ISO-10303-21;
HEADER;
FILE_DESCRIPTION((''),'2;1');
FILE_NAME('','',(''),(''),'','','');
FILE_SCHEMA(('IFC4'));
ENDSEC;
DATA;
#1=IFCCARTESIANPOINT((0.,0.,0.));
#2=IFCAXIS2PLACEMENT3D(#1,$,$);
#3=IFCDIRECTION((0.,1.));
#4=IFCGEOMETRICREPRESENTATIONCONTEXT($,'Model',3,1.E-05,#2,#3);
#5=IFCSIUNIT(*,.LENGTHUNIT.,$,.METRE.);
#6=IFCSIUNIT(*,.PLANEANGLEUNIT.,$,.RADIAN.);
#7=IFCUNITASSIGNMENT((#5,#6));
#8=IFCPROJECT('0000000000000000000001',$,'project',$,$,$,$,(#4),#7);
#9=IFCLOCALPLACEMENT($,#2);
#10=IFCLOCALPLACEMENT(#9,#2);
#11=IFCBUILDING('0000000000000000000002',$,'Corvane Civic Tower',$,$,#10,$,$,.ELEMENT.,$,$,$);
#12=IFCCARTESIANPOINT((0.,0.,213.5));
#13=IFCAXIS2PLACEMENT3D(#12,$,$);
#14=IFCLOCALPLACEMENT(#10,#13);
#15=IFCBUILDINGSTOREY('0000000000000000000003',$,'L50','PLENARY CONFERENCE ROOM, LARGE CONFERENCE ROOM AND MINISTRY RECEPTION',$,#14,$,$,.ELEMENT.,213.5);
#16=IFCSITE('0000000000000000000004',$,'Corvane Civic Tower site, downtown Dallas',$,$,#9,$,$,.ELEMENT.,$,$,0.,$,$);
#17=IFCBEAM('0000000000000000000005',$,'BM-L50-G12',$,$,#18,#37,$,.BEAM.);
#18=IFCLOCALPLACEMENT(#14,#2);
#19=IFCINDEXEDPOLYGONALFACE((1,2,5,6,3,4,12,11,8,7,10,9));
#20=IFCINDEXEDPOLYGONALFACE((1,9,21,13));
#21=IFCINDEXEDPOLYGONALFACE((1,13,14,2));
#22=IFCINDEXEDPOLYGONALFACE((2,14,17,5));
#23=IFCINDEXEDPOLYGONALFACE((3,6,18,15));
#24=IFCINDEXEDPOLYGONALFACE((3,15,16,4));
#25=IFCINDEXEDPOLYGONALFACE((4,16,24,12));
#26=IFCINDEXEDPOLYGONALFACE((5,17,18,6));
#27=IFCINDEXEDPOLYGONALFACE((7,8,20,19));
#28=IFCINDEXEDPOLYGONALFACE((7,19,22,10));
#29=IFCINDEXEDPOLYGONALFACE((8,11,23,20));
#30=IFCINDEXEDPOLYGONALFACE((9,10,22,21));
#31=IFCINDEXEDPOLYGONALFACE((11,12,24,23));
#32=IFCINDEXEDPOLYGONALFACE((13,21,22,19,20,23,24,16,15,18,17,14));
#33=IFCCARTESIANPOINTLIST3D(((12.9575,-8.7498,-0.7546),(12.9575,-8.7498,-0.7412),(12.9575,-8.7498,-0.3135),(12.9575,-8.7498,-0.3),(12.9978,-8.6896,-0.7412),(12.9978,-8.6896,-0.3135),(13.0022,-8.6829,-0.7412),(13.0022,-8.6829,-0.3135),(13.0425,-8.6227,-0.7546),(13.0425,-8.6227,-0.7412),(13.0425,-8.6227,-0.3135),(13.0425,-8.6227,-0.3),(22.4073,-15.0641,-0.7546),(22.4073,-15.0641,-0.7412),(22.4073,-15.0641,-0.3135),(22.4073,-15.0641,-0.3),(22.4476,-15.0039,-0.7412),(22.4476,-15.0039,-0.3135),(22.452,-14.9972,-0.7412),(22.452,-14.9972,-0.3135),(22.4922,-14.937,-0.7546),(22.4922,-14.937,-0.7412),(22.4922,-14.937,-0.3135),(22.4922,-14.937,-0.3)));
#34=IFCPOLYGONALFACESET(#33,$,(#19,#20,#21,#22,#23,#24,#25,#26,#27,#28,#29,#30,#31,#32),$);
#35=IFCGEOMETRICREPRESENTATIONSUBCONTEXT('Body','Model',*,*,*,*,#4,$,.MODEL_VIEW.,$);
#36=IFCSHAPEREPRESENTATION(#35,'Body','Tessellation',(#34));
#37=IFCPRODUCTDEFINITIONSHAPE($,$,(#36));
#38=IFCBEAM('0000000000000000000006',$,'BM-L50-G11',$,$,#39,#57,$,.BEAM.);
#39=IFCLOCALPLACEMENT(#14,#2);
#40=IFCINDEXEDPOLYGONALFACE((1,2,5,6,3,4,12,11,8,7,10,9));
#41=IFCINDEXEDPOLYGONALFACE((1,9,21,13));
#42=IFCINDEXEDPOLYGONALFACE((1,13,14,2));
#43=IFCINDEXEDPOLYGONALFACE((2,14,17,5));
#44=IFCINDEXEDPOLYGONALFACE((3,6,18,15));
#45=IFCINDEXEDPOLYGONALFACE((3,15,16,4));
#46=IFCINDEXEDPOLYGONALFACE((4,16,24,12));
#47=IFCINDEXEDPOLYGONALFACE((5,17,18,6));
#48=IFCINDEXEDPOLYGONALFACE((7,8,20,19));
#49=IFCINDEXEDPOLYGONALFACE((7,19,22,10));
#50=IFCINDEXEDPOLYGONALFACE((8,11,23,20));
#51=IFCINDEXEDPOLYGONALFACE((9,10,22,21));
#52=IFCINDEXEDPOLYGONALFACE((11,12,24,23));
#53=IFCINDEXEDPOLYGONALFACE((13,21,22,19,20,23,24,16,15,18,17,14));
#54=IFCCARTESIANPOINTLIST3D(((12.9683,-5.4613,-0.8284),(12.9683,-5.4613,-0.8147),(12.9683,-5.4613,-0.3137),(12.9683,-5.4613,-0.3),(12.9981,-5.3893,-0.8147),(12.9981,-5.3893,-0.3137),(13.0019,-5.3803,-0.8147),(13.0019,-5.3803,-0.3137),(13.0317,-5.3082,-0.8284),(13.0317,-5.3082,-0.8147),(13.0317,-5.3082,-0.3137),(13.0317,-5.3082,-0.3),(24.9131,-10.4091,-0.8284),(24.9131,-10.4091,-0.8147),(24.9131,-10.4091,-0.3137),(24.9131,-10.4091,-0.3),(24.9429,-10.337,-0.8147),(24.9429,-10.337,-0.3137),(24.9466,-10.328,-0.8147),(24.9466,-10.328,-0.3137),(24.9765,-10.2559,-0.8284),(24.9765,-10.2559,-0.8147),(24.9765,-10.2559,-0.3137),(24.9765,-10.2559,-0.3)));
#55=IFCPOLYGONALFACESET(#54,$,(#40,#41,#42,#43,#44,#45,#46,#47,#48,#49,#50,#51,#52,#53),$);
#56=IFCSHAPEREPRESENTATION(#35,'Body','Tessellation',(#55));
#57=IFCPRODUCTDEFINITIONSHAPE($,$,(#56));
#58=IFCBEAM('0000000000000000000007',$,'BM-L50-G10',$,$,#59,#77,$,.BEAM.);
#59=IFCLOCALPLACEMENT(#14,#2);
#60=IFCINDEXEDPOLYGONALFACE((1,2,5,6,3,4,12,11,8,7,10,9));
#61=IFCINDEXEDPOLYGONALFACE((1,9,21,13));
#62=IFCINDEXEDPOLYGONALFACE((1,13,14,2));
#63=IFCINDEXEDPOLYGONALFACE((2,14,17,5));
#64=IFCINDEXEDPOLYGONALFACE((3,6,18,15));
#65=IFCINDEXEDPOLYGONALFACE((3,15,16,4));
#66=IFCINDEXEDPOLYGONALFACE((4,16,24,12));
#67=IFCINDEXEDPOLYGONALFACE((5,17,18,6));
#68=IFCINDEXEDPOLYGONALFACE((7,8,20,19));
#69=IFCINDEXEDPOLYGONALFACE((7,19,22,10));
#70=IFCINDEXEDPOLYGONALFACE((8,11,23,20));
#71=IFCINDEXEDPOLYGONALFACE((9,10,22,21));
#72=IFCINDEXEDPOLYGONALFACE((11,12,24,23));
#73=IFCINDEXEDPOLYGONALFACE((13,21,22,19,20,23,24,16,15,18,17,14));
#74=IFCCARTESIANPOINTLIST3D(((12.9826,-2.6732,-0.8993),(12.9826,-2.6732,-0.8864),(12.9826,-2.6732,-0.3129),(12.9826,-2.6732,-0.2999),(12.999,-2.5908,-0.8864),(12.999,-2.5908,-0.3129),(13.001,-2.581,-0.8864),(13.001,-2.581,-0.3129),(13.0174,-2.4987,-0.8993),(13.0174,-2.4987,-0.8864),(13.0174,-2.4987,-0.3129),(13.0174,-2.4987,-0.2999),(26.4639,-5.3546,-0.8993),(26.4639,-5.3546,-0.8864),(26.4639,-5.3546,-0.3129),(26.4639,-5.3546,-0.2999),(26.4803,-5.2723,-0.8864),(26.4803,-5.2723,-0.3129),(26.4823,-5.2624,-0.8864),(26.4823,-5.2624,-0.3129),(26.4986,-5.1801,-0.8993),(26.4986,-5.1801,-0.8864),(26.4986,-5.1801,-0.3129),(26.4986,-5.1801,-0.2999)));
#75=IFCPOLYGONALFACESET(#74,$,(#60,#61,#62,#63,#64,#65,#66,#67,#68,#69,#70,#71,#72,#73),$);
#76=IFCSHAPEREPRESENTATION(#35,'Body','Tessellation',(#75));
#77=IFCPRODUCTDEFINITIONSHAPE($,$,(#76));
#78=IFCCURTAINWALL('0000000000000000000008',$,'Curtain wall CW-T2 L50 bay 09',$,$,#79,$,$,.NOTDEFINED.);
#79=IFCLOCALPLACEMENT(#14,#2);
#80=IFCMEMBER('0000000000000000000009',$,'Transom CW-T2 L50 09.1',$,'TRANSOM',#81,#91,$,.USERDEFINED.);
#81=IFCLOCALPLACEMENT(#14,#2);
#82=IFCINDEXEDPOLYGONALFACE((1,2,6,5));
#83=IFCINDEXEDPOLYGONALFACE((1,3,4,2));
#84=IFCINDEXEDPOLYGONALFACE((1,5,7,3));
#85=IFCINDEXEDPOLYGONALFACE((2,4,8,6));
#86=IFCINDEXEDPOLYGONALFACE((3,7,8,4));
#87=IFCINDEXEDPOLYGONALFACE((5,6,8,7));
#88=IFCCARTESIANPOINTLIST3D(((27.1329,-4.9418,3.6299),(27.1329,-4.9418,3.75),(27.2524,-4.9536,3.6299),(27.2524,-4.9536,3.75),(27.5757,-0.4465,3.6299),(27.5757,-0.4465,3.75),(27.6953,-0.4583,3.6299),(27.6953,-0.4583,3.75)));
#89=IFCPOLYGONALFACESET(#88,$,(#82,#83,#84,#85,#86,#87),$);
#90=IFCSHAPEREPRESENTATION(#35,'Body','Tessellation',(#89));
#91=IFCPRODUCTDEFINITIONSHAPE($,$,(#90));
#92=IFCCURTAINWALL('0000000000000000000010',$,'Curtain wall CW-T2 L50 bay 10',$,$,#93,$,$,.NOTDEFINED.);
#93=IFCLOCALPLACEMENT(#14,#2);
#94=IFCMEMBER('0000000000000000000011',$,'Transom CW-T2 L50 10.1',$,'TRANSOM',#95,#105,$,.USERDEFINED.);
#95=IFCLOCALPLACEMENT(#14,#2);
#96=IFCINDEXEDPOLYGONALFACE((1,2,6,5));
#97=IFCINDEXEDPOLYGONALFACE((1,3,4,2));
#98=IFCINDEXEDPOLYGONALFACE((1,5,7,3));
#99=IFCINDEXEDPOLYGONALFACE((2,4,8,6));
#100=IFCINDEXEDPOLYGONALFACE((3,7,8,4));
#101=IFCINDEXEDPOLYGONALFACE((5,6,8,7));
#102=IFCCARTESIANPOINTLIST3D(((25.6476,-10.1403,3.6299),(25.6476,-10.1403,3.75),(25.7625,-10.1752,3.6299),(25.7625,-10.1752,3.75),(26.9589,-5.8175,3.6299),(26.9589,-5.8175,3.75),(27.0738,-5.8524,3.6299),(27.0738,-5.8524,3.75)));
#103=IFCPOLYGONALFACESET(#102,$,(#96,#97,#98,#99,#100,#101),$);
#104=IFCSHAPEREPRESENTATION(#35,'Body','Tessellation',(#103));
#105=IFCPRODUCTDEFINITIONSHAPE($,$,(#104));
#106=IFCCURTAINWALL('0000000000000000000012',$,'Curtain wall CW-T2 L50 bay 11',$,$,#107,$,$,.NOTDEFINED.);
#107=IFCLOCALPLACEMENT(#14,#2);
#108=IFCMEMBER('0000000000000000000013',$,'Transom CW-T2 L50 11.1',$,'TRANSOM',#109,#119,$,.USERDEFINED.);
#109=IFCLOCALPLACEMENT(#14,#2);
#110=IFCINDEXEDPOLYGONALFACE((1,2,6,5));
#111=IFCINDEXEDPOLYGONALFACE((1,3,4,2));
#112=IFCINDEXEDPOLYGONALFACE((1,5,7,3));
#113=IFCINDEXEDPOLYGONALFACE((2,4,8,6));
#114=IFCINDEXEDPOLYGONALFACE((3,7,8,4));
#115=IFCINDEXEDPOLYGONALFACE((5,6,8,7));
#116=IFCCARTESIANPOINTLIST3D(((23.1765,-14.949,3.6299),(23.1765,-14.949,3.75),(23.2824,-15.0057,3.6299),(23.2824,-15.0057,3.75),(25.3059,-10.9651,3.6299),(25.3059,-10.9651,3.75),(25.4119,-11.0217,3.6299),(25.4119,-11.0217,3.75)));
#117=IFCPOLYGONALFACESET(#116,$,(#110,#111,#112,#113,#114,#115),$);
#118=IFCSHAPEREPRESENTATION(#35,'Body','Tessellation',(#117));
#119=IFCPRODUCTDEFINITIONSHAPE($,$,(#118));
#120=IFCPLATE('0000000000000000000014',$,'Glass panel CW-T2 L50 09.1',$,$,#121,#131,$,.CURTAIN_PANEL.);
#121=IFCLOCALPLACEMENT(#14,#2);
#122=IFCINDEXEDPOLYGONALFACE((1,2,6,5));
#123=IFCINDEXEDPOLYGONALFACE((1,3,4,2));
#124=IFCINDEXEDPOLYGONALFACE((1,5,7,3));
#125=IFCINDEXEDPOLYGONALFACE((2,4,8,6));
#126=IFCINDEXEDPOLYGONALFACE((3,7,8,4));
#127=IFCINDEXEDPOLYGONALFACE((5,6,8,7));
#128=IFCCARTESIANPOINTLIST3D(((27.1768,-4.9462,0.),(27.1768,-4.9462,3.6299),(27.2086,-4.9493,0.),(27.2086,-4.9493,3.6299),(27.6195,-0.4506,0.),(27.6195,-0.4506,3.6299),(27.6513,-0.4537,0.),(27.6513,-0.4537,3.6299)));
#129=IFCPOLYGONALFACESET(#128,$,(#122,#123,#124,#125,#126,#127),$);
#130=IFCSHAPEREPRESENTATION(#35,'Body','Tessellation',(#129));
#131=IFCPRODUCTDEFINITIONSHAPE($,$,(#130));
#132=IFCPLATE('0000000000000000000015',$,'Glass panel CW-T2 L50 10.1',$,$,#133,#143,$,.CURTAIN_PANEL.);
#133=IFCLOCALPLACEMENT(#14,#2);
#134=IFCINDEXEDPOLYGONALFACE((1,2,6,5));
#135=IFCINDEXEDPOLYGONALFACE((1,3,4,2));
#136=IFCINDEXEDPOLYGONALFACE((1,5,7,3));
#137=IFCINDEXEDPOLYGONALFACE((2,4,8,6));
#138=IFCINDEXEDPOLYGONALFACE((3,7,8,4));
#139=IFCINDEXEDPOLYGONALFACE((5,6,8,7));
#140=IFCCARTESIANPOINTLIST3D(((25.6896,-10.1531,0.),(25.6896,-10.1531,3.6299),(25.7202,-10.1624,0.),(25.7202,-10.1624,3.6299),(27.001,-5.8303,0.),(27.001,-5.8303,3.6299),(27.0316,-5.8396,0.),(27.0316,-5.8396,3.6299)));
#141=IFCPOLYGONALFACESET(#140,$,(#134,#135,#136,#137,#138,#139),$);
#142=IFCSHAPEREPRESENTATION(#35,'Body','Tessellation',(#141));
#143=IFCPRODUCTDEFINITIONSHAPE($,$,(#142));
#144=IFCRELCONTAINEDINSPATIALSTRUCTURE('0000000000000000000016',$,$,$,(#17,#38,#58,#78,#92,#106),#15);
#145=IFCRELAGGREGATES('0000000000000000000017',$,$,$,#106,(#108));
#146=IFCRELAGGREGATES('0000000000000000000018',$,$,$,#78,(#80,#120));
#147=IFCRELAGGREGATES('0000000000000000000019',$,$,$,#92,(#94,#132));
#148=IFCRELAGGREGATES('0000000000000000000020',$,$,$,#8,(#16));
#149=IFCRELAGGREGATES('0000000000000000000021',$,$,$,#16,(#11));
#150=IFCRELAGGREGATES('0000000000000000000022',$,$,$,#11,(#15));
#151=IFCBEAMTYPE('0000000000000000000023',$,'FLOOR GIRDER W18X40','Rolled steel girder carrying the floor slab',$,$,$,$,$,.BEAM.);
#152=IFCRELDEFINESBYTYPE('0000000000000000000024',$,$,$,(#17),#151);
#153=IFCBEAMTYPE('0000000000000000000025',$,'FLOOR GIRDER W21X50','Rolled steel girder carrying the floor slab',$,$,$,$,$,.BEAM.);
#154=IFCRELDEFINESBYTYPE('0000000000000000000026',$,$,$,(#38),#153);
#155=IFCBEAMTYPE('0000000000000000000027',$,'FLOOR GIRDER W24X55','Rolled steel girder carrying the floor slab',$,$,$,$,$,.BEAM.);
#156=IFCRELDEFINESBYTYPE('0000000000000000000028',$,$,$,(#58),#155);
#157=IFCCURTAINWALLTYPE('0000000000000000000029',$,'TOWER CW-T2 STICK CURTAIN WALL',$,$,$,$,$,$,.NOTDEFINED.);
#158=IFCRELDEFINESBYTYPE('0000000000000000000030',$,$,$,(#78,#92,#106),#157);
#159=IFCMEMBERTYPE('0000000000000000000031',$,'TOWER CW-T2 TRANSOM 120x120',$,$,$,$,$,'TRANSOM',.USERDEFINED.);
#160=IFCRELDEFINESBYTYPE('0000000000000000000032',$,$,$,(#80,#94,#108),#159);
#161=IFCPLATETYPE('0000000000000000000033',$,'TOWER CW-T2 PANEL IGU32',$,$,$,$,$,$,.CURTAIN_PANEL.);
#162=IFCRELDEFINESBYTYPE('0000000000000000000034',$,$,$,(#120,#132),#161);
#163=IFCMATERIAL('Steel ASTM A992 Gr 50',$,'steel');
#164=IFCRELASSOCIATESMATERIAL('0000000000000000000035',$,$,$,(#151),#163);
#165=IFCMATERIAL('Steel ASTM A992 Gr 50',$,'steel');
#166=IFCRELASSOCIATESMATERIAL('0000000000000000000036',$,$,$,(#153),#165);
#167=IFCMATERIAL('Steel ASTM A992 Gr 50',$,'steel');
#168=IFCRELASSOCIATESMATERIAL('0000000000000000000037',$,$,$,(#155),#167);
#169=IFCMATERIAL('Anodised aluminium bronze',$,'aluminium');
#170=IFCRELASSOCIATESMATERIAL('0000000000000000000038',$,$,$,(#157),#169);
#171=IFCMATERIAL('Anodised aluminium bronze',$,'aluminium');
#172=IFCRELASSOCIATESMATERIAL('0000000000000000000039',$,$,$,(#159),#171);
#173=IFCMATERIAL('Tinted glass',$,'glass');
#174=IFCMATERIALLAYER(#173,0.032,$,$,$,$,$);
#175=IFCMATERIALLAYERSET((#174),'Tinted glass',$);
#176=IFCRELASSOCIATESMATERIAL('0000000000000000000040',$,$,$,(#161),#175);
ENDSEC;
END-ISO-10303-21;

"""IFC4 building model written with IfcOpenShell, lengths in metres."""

from ifc_helpers import new_model, si_unit, direction, frame, origin, origin_2d, place, context, subcontext, project, spatial, rectangle, i_section, extrude, material, layer, layer_set, material_profile, profile_set, type_object, element, aggregate, save


model = new_model("IFC4")

# Units and contexts
model_context = context("Model", 3, precision=1e-05, world=origin(), true_north=direction((0.0, 1.0)))
body_context = subcontext(model_context, "Body", "Model", "MODEL_VIEW")
ifc_project = project(units=[si_unit("LENGTHUNIT", "METRE"), si_unit("PLANEANGLEUNIT", "RADIAN")], contexts=[model_context])

# Site, building, storey
site_placement = place(None, origin())
site = spatial("IfcSite", under=ifc_project, at=site_placement, Name="Corvane Civic Tower site, downtown Dallas", CompositionType="ELEMENT", RefElevation=0.0)
building_placement = place(site_placement, origin())
building = spatial("IfcBuilding", under=site, at=building_placement, Name="Corvane Civic Tower", CompositionType="ELEMENT")
storey_placement = place(building_placement, frame((0.0, 0.0, 213.5)))
storey = spatial("IfcBuildingStorey", under=building, at=storey_placement, Name="L50", Description="PLENARY CONFERENCE ROOM, LARGE CONFERENCE ROOM AND MINISTRY RECEPTION", CompositionType="ELEMENT", Elevation=213.5)

# Beams
ifc_material_1 = material(Name="Steel ASTM A992 Gr 50", Category="steel")
ifc_material_profile_1 = material_profile(ifc_material_1, i_section(OverallWidth=0.1528, OverallDepth=0.4546, WebThickness=0.0081, FlangeThickness=0.0134, at=origin_2d()), Name="W18X40")
ifc_profile_set_1 = profile_set([ifc_material_profile_1], Name="Steel ASTM A992 Gr 50")
beam_type_1 = type_object("IfcBeamType", Name="FLOOR GIRDER W18X40", Description="Rolled steel girder carrying the floor slab", PredefinedType="BEAM", material=ifc_profile_set_1)
beam_1_placement = place(storey_placement, frame((13.0, -8.6863, -0.5273), z_axis=(0.831465, -0.555577, 0.0), x_axis=(0.555577, 0.831465, 0.0)))
element("IfcBeam", 1, at=beam_1_placement, inside=storey, type_object=beam_type_1, Name="BM-L50-G12", PredefinedType="BEAM", context=body_context, shape_type="SweptSolid", body=[
    extrude(i_section(OverallWidth=0.1528, OverallDepth=0.4546, WebThickness=0.0081, FlangeThickness=0.0134, at=origin_2d()), origin(), (0.0, 0.0, 1.0), 11.3652),
])
ifc_material_2 = material(Name="Steel ASTM A992 Gr 50", Category="steel")
ifc_material_profile_2 = material_profile(ifc_material_2, i_section(OverallWidth=0.1658, OverallDepth=0.5283, WebThickness=0.0098, FlangeThickness=0.0137, at=origin_2d()), Name="W21X50")
ifc_profile_set_2 = profile_set([ifc_material_profile_2], Name="Steel ASTM A992 Gr 50")
beam_type_2 = type_object("IfcBeamType", Name="FLOOR GIRDER W21X50", Description="Rolled steel girder carrying the floor slab", PredefinedType="BEAM", material=ifc_profile_set_2)
beam_2_placement = place(storey_placement, frame((13.0, -5.3848, -0.5642), z_axis=(0.923878, -0.382686, 0.0), x_axis=(0.382686, 0.923878, 0.0)))
element("IfcBeam", 2, at=beam_2_placement, inside=storey, type_object=beam_type_2, Name="BM-L50-G11", PredefinedType="BEAM", context=body_context, shape_type="SweptSolid", body=[
    extrude(i_section(OverallWidth=0.1658, OverallDepth=0.5283, WebThickness=0.0098, FlangeThickness=0.0137, at=origin_2d()), origin(), (0.0, 0.0, 1.0), 12.929),
])
ifc_material_3 = material(Name="Steel ASTM A992 Gr 50", Category="steel")
ifc_material_profile_3 = material_profile(ifc_material_3, i_section(OverallWidth=0.178, OverallDepth=0.5994, WebThickness=0.01, FlangeThickness=0.0129, at=origin_2d()), Name="W24X55")
ifc_profile_set_3 = profile_set([ifc_material_profile_3], Name="Steel ASTM A992 Gr 50")
beam_type_3 = type_object("IfcBeamType", Name="FLOOR GIRDER W24X55", Description="Rolled steel girder carrying the floor slab", PredefinedType="BEAM", material=ifc_profile_set_3)
beam_3_placement = place(storey_placement, frame((13.0, -2.5859, -0.5996), z_axis=(0.980788, -0.195078, 0.0), x_axis=(0.195078, 0.980788, 0.0)))
element("IfcBeam", 3, at=beam_3_placement, inside=storey, type_object=beam_type_3, Name="BM-L50-G10", PredefinedType="BEAM", context=body_context, shape_type="SweptSolid", body=[
    extrude(i_section(OverallWidth=0.178, OverallDepth=0.5994, WebThickness=0.01, FlangeThickness=0.0129, at=origin_2d()), origin(), (0.0, 0.0, 1.0), 13.7454),
])

# Curtain walls, members
ifc_material_4 = material(Name="Anodised aluminium bronze", Category="aluminium")
curtain_wall_type = type_object("IfcCurtainWallType", Name="TOWER CW-T2 STICK CURTAIN WALL", PredefinedType="NOTDEFINED", material=ifc_material_4)
curtain_wall_1_placement = place(storey_placement, origin())
curtain_wall_1 = element("IfcCurtainWall", 4, at=curtain_wall_1_placement, inside=storey, type_object=curtain_wall_type, Name="Curtain wall CW-T2 L50 bay 09", PredefinedType="NOTDEFINED")
ifc_material_5 = material(Name="Anodised aluminium bronze", Category="aluminium")
ifc_material_profile_4 = material_profile(ifc_material_5, rectangle(XDim=0.1201, YDim=0.1201, at=origin_2d()), Name="TOWER CW-T2 TRANSOM 120x120")
ifc_profile_set_4 = profile_set([ifc_material_profile_4], Name="Anodised aluminium bronze")
member_type = type_object("IfcMemberType", Name="TOWER CW-T2 TRANSOM 120x120", ElementType="TRANSOM", PredefinedType="USERDEFINED", material=ifc_profile_set_4)
member_1_placement = place(storey_placement, frame((27.6355, -0.4524, 3.6899), z_axis=(-0.098043, -0.995182, 0.0), x_axis=(0.995182, -0.098043, 0.0)))
member_1 = element("IfcMember", 5, at=member_1_placement, type_object=member_type, Name="Transom CW-T2 L50 09.1", ObjectType="TRANSOM", PredefinedType="USERDEFINED", context=body_context, shape_type="SweptSolid", body=[
    extrude(rectangle(XDim=0.1201, YDim=0.1201, at=origin_2d()), origin(), (0.0, 0.0, 1.0), 4.5171),
])
curtain_wall_2_placement = place(storey_placement, origin())
curtain_wall_2 = element("IfcCurtainWall", 6, at=curtain_wall_2_placement, inside=storey, type_object=curtain_wall_type, Name="Curtain wall CW-T2 L50 bay 10", PredefinedType="NOTDEFINED")
member_2_placement = place(storey_placement, frame((27.0164, -5.835, 3.6899), z_axis=(-0.290282, -0.956941, 0.0), x_axis=(0.956941, -0.290282, 0.0)))
member_2 = element("IfcMember", 7, at=member_2_placement, type_object=member_type, Name="Transom CW-T2 L50 10.1", ObjectType="TRANSOM", PredefinedType="USERDEFINED", context=body_context, shape_type="SweptSolid", body=[
    extrude(rectangle(XDim=0.1201, YDim=0.1201, at=origin_2d()), origin(), (0.0, 0.0, 1.0), 4.5173),
])
curtain_wall_3_placement = place(storey_placement, origin())
curtain_wall_3 = element("IfcCurtainWall", 8, at=curtain_wall_3_placement, inside=storey, type_object=curtain_wall_type, Name="Curtain wall CW-T2 L50 bay 11", PredefinedType="NOTDEFINED")
member_3_placement = place(storey_placement, frame((25.3589, -10.9934, 3.6899), z_axis=(-0.47139, -0.881925, 0.0), x_axis=(0.881925, -0.47139, 0.0)))
member_3 = element("IfcMember", 9, at=member_3_placement, type_object=member_type, Name="Transom CW-T2 L50 11.1", ObjectType="TRANSOM", PredefinedType="USERDEFINED", context=body_context, shape_type="SweptSolid", body=[
    extrude(rectangle(XDim=0.1201, YDim=0.1201, at=origin_2d()), origin(), (0.0, 0.0, 1.0), 4.5173),
])
aggregate(curtain_wall_3, [member_3])

# Plates
ifc_material_6 = material(Name="Tinted glass", Category="glass")
ifc_layer_1 = layer(ifc_material_6, 0.032)
ifc_layer_set_1 = layer_set([ifc_layer_1], Name="Tinted glass")
plate_type = type_object("IfcPlateType", Name="TOWER CW-T2 PANEL IGU32", PredefinedType="CURTAIN_PANEL", material=ifc_layer_set_1)
plate_1_placement = place(storey_placement, frame((27.4141, -2.7, 0.0), z_axis=(0.0, 0.0, 1.0), x_axis=(-0.097993, -0.995187, 0.0)))
plate_1 = element("IfcPlate", 10, at=plate_1_placement, type_object=plate_type, Name="Glass panel CW-T2 L50 09.1", PredefinedType="CURTAIN_PANEL", context=body_context, shape_type="SweptSolid", body=[
    extrude(rectangle(XDim=4.5173, YDim=0.032, at=origin_2d()), origin(), (0.0, 0.0, 1.0), 3.6299),
])
aggregate(curtain_wall_1, [member_1, plate_1])
plate_2_placement = place(storey_placement, frame((26.3606, -7.9963, 0.0), z_axis=(0.0, 0.0, 1.0), x_axis=(-0.29029, -0.956939, 0.0)))
plate_2 = element("IfcPlate", 11, at=plate_2_placement, type_object=plate_type, Name="Glass panel CW-T2 L50 10.1", PredefinedType="CURTAIN_PANEL", context=body_context, shape_type="SweptSolid", body=[
    extrude(rectangle(XDim=4.5173, YDim=0.032, at=origin_2d()), origin(), (0.0, 0.0, 1.0), 3.6299),
])
aggregate(curtain_wall_2, [member_2, plate_2])

save(model, "model.ifc")
